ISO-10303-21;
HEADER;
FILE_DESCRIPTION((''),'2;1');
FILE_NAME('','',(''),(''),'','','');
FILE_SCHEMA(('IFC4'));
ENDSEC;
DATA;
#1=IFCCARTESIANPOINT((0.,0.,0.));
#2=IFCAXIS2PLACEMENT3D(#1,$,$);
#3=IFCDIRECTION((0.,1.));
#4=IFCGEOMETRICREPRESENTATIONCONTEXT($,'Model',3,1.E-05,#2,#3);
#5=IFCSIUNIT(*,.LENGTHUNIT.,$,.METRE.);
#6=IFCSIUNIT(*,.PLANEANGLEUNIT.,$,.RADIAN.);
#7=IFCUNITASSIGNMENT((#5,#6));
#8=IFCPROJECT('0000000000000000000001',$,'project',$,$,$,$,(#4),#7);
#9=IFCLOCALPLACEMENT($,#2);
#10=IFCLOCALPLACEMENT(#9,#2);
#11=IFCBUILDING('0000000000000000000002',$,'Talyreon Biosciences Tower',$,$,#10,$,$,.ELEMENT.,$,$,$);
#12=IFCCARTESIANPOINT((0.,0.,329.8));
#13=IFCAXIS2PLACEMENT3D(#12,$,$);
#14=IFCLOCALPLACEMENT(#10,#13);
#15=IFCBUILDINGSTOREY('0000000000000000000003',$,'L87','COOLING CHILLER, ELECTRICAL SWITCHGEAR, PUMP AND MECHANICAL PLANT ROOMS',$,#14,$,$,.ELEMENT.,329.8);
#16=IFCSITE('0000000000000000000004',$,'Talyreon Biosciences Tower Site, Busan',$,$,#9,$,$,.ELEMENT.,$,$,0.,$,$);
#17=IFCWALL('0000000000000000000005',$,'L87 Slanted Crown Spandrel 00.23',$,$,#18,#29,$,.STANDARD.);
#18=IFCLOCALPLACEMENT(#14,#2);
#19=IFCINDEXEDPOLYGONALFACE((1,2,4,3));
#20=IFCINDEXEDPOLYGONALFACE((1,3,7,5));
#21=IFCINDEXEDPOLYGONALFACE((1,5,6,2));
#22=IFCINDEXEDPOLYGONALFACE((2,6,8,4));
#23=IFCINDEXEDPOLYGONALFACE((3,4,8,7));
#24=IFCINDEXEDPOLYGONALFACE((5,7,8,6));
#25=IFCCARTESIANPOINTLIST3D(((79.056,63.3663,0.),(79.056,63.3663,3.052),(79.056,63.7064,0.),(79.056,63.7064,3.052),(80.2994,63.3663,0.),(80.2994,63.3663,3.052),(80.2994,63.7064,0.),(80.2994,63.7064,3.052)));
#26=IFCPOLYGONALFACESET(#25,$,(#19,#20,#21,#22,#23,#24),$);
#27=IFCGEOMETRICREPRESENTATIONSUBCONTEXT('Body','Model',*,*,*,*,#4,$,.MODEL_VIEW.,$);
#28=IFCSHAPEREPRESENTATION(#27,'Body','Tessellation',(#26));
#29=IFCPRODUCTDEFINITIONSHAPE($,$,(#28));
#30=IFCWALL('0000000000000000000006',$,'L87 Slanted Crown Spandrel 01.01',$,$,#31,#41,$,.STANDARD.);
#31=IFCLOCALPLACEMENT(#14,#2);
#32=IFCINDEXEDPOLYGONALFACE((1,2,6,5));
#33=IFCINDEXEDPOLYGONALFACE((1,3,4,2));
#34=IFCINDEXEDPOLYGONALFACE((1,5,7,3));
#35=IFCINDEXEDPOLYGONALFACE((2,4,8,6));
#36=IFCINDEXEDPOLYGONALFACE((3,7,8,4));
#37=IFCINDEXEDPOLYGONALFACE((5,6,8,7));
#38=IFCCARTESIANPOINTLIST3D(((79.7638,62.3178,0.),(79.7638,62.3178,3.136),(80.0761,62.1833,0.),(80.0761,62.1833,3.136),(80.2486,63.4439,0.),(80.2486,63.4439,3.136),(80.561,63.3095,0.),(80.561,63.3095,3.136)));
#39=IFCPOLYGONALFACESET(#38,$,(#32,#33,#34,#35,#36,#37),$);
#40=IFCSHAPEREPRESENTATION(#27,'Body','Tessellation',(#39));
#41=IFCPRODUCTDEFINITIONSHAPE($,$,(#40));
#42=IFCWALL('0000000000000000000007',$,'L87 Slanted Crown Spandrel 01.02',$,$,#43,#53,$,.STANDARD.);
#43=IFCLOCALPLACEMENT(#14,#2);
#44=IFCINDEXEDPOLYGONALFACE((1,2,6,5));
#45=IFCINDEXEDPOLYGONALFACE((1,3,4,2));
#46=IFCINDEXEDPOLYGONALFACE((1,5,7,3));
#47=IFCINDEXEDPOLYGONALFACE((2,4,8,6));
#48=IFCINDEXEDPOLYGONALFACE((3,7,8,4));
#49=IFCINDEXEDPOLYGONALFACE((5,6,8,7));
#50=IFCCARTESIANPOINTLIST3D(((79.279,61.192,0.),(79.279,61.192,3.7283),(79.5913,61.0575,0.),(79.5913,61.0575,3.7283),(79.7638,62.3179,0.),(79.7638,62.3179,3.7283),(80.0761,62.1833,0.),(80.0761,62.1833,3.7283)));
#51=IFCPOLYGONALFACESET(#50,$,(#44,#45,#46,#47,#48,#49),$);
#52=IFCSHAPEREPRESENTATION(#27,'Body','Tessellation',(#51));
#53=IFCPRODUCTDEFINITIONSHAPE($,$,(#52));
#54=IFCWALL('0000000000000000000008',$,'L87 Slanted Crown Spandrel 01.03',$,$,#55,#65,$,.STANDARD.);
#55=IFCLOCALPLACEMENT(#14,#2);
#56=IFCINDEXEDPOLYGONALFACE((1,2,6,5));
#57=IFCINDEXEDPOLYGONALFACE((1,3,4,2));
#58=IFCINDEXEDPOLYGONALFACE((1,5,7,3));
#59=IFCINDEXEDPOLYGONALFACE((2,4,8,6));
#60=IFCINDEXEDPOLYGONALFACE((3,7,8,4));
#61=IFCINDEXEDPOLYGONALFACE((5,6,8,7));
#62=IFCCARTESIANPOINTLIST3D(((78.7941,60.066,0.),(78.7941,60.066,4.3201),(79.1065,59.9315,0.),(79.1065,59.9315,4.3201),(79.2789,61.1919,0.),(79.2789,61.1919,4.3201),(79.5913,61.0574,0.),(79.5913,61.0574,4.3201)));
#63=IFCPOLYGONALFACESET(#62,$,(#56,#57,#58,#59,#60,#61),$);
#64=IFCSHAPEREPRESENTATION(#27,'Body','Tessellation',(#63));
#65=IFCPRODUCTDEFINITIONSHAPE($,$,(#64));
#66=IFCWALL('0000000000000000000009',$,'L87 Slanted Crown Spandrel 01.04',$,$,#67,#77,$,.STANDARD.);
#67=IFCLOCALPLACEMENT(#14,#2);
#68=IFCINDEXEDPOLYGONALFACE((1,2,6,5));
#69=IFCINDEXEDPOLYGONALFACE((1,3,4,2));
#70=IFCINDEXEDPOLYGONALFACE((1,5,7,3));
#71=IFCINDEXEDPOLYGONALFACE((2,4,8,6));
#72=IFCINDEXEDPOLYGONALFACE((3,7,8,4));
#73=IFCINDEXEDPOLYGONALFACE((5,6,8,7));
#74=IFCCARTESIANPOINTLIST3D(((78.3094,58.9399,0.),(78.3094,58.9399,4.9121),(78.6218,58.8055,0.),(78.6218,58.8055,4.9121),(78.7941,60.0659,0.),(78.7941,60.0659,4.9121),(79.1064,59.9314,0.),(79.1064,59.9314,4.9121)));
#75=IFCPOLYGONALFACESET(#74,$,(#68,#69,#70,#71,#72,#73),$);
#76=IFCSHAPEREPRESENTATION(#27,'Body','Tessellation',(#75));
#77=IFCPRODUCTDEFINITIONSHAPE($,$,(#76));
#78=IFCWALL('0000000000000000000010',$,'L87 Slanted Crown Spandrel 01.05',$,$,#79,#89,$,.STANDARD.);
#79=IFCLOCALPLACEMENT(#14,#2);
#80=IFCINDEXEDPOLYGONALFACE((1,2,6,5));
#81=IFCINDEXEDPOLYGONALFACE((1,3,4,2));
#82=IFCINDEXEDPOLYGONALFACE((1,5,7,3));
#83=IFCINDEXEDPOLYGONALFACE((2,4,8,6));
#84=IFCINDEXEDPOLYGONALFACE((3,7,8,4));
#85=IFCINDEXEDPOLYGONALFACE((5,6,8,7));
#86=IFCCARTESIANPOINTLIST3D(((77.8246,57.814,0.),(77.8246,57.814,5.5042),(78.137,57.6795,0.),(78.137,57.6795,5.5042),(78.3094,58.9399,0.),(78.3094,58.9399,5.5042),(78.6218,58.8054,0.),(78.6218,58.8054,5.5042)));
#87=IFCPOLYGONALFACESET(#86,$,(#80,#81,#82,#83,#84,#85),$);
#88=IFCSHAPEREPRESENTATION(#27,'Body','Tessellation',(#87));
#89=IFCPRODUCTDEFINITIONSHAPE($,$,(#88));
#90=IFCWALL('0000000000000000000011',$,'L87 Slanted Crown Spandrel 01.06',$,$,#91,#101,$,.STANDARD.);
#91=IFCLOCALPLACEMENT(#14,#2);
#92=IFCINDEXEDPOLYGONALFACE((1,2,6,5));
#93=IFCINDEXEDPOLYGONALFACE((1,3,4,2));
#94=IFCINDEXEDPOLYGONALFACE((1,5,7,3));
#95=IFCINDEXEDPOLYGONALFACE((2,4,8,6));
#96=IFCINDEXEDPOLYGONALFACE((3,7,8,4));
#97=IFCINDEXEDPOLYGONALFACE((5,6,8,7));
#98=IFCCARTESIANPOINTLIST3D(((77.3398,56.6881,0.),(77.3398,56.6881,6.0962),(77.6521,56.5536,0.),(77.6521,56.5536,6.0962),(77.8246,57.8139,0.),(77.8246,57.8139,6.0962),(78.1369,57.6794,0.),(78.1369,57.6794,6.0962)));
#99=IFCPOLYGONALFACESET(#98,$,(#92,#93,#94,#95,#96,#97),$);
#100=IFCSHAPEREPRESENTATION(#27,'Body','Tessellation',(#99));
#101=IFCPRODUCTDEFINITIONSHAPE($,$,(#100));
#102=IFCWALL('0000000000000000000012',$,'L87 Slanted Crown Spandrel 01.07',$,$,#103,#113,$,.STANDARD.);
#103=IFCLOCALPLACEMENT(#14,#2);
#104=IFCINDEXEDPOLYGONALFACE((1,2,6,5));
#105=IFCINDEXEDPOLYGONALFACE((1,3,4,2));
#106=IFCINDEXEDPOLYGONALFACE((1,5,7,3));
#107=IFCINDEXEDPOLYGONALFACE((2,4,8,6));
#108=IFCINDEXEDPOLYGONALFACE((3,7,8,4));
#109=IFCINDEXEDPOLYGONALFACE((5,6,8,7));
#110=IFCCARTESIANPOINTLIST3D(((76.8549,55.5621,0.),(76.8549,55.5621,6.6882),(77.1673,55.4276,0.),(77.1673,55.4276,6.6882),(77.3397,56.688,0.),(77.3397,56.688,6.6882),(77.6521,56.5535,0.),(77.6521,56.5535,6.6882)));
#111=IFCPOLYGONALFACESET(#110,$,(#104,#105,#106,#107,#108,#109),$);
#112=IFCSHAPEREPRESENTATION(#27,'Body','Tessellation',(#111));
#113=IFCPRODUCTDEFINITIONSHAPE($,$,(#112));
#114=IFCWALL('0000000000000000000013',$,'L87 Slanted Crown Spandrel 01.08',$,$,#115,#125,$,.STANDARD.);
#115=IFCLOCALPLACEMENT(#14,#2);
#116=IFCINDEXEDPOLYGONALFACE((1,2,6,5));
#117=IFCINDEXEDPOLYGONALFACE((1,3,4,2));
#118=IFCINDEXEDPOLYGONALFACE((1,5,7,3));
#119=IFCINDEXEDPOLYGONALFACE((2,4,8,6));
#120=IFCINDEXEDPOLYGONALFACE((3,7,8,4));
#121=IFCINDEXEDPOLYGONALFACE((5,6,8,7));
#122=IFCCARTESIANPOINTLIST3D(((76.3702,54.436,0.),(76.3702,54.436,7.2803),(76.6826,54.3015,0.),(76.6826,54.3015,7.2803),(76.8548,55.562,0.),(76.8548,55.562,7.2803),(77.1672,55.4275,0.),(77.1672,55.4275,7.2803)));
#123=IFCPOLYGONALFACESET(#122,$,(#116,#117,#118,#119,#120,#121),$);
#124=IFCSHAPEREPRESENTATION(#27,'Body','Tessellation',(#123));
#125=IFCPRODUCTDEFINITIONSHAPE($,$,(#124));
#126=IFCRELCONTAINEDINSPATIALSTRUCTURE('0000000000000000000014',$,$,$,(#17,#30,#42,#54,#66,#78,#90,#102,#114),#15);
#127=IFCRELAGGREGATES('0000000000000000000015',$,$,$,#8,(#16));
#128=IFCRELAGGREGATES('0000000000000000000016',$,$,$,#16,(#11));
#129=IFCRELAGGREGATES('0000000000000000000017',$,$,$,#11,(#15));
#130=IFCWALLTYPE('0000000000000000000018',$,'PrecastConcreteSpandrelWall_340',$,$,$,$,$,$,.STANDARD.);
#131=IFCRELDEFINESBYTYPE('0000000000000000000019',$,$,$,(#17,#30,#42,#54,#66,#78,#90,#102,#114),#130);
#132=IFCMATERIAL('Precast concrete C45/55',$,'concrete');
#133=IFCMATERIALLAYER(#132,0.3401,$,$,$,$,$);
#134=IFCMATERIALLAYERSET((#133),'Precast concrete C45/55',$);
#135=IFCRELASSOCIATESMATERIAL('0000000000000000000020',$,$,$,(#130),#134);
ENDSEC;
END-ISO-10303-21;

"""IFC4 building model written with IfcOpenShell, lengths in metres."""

from ifc_helpers import new_model, si_unit, direction, frame, frame_2d, origin, place, context, subcontext, project, spatial, rectangle, extrude, material, layer, layer_set, type_object, element, save


model = new_model("IFC4")

# Units and contexts
model_context = context("Model", 3, precision=1e-05, world=origin(), true_north=direction((0.0, 1.0)))
body_context = subcontext(model_context, "Body", "Model", "MODEL_VIEW")
ifc_project = project(units=[si_unit("LENGTHUNIT", "METRE"), si_unit("PLANEANGLEUNIT", "RADIAN")], contexts=[model_context])

# Site, building, storey
site_placement = place(None, origin())
site = spatial("IfcSite", under=ifc_project, at=site_placement, Name="Talyreon Biosciences Tower Site, Busan", CompositionType="ELEMENT", RefElevation=0.0)
building_placement = place(site_placement, origin())
building = spatial("IfcBuilding", under=site, at=building_placement, Name="Talyreon Biosciences Tower", CompositionType="ELEMENT")
storey_placement = place(building_placement, frame((0.0, 0.0, 329.8)))
storey = spatial("IfcBuildingStorey", under=building, at=storey_placement, Name="L87", Description="COOLING CHILLER, ELECTRICAL SWITCHGEAR, PUMP AND MECHANICAL PLANT ROOMS", CompositionType="ELEMENT", Elevation=329.8)

# Walls
ifc_material_1 = material(Name="Precast concrete C45/55", Category="concrete")
ifc_layer_1 = layer(ifc_material_1, 0.3401)
ifc_layer_set_1 = layer_set([ifc_layer_1], Name="Precast concrete C45/55")
wall_type_1 = type_object("IfcWallType", Name="PrecastConcreteSpandrelWall_340", PredefinedType="STANDARD", material=ifc_layer_set_1)
wall_1_placement = place(storey_placement, frame((79.0562, 63.5364, 0.0), z_axis=(0.0, 0.0, 1.0), x_axis=(1.0, 0.0, 0.0)))
element("IfcWall", 1, at=wall_1_placement, inside=storey, type_object=wall_type_1, Name="L87 Slanted Crown Spandrel 00.23", PredefinedType="STANDARD", context=body_context, shape_type="SweptSolid", body=[
    extrude(rectangle(XDim=1.2434, YDim=0.3401, at=frame_2d((0.6216, 0.0))), origin(), (0.0, 0.0, 1.0), 3.052),
])
wall_2_placement = place(storey_placement, frame((80.4048, 63.3767, 0.0), z_axis=(0.0, 0.0, 1.0), x_axis=(-0.395433, -0.918495, 0.0)))
element("IfcWall", 2, at=wall_2_placement, inside=storey, type_object=wall_type_1, Name="L87 Slanted Crown Spandrel 01.01", PredefinedType="STANDARD", context=body_context, shape_type="SweptSolid", body=[
    extrude(rectangle(XDim=1.2261, YDim=0.3401, at=frame_2d((0.613, 0.0))), origin(), (0.0, 0.0, 1.0), 3.136),
])
wall_3_placement = place(storey_placement, frame((79.9199, 62.2505, 0.0), z_axis=(0.0, 0.0, 1.0), x_axis=(-0.395505, -0.918464, 0.0)))
element("IfcWall", 3, at=wall_3_placement, inside=storey, type_object=wall_type_1, Name="L87 Slanted Crown Spandrel 01.02", PredefinedType="STANDARD", context=body_context, shape_type="SweptSolid", body=[
    extrude(rectangle(XDim=1.2258, YDim=0.3401, at=frame_2d((0.6128, 0.0))), origin(), (0.0, 0.0, 1.0), 3.7283),
])
wall_4_placement = place(storey_placement, frame((79.4351, 61.1245, 0.0), z_axis=(0.0, 0.0, 1.0), x_axis=(-0.395505, -0.918464, 0.0)))
element("IfcWall", 4, at=wall_4_placement, inside=storey, type_object=wall_type_1, Name="L87 Slanted Crown Spandrel 01.03", PredefinedType="STANDARD", context=body_context, shape_type="SweptSolid", body=[
    extrude(rectangle(XDim=1.2258, YDim=0.3401, at=frame_2d((0.6128, 0.0))), origin(), (0.0, 0.0, 1.0), 4.3201),
])
wall_5_placement = place(storey_placement, frame((78.9502, 59.9985, 0.0), z_axis=(0.0, 0.0, 1.0), x_axis=(-0.395337, -0.918536, 0.0)))
element("IfcWall", 5, at=wall_5_placement, inside=storey, type_object=wall_type_1, Name="L87 Slanted Crown Spandrel 01.04", PredefinedType="STANDARD", context=body_context, shape_type="SweptSolid", body=[
    extrude(rectangle(XDim=1.2258, YDim=0.3401, at=frame_2d((0.6128, 0.0))), origin(), (0.0, 0.0, 1.0), 4.9121),
])
wall_6_placement = place(storey_placement, frame((78.4656, 58.8726, 0.0), z_axis=(0.0, 0.0, 1.0), x_axis=(-0.395505, -0.918464, 0.0)))
element("IfcWall", 6, at=wall_6_placement, inside=storey, type_object=wall_type_1, Name="L87 Slanted Crown Spandrel 01.05", PredefinedType="STANDARD", context=body_context, shape_type="SweptSolid", body=[
    extrude(rectangle(XDim=1.2258, YDim=0.3401, at=frame_2d((0.6128, 0.0))), origin(), (0.0, 0.0, 1.0), 5.5042),
])
wall_7_placement = place(storey_placement, frame((77.9807, 57.7466, 0.0), z_axis=(0.0, 0.0, 1.0), x_axis=(-0.395505, -0.918464, 0.0)))
element("IfcWall", 7, at=wall_7_placement, inside=storey, type_object=wall_type_1, Name="L87 Slanted Crown Spandrel 01.06", PredefinedType="STANDARD", context=body_context, shape_type="SweptSolid", body=[
    extrude(rectangle(XDim=1.2258, YDim=0.3401, at=frame_2d((0.6128, 0.0))), origin(), (0.0, 0.0, 1.0), 6.0962),
])
wall_8_placement = place(storey_placement, frame((77.4958, 56.6206, 0.0), z_axis=(0.0, 0.0, 1.0), x_axis=(-0.395505, -0.918464, 0.0)))
element("IfcWall", 8, at=wall_8_placement, inside=storey, type_object=wall_type_1, Name="L87 Slanted Crown Spandrel 01.07", PredefinedType="STANDARD", context=body_context, shape_type="SweptSolid", body=[
    extrude(rectangle(XDim=1.2258, YDim=0.3401, at=frame_2d((0.6128, 0.0))), origin(), (0.0, 0.0, 1.0), 6.6882),
])
wall_9_placement = place(storey_placement, frame((77.011, 55.4946, 0.0), z_axis=(0.0, 0.0, 1.0), x_axis=(-0.395337, -0.918536, 0.0)))
element("IfcWall", 9, at=wall_9_placement, inside=storey, type_object=wall_type_1, Name="L87 Slanted Crown Spandrel 01.08", PredefinedType="STANDARD", context=body_context, shape_type="SweptSolid", body=[
    extrude(rectangle(XDim=1.2258, YDim=0.3401, at=frame_2d((0.6128, 0.0))), origin(), (0.0, 0.0, 1.0), 7.2803),
])

save(model, "model.ifc")
